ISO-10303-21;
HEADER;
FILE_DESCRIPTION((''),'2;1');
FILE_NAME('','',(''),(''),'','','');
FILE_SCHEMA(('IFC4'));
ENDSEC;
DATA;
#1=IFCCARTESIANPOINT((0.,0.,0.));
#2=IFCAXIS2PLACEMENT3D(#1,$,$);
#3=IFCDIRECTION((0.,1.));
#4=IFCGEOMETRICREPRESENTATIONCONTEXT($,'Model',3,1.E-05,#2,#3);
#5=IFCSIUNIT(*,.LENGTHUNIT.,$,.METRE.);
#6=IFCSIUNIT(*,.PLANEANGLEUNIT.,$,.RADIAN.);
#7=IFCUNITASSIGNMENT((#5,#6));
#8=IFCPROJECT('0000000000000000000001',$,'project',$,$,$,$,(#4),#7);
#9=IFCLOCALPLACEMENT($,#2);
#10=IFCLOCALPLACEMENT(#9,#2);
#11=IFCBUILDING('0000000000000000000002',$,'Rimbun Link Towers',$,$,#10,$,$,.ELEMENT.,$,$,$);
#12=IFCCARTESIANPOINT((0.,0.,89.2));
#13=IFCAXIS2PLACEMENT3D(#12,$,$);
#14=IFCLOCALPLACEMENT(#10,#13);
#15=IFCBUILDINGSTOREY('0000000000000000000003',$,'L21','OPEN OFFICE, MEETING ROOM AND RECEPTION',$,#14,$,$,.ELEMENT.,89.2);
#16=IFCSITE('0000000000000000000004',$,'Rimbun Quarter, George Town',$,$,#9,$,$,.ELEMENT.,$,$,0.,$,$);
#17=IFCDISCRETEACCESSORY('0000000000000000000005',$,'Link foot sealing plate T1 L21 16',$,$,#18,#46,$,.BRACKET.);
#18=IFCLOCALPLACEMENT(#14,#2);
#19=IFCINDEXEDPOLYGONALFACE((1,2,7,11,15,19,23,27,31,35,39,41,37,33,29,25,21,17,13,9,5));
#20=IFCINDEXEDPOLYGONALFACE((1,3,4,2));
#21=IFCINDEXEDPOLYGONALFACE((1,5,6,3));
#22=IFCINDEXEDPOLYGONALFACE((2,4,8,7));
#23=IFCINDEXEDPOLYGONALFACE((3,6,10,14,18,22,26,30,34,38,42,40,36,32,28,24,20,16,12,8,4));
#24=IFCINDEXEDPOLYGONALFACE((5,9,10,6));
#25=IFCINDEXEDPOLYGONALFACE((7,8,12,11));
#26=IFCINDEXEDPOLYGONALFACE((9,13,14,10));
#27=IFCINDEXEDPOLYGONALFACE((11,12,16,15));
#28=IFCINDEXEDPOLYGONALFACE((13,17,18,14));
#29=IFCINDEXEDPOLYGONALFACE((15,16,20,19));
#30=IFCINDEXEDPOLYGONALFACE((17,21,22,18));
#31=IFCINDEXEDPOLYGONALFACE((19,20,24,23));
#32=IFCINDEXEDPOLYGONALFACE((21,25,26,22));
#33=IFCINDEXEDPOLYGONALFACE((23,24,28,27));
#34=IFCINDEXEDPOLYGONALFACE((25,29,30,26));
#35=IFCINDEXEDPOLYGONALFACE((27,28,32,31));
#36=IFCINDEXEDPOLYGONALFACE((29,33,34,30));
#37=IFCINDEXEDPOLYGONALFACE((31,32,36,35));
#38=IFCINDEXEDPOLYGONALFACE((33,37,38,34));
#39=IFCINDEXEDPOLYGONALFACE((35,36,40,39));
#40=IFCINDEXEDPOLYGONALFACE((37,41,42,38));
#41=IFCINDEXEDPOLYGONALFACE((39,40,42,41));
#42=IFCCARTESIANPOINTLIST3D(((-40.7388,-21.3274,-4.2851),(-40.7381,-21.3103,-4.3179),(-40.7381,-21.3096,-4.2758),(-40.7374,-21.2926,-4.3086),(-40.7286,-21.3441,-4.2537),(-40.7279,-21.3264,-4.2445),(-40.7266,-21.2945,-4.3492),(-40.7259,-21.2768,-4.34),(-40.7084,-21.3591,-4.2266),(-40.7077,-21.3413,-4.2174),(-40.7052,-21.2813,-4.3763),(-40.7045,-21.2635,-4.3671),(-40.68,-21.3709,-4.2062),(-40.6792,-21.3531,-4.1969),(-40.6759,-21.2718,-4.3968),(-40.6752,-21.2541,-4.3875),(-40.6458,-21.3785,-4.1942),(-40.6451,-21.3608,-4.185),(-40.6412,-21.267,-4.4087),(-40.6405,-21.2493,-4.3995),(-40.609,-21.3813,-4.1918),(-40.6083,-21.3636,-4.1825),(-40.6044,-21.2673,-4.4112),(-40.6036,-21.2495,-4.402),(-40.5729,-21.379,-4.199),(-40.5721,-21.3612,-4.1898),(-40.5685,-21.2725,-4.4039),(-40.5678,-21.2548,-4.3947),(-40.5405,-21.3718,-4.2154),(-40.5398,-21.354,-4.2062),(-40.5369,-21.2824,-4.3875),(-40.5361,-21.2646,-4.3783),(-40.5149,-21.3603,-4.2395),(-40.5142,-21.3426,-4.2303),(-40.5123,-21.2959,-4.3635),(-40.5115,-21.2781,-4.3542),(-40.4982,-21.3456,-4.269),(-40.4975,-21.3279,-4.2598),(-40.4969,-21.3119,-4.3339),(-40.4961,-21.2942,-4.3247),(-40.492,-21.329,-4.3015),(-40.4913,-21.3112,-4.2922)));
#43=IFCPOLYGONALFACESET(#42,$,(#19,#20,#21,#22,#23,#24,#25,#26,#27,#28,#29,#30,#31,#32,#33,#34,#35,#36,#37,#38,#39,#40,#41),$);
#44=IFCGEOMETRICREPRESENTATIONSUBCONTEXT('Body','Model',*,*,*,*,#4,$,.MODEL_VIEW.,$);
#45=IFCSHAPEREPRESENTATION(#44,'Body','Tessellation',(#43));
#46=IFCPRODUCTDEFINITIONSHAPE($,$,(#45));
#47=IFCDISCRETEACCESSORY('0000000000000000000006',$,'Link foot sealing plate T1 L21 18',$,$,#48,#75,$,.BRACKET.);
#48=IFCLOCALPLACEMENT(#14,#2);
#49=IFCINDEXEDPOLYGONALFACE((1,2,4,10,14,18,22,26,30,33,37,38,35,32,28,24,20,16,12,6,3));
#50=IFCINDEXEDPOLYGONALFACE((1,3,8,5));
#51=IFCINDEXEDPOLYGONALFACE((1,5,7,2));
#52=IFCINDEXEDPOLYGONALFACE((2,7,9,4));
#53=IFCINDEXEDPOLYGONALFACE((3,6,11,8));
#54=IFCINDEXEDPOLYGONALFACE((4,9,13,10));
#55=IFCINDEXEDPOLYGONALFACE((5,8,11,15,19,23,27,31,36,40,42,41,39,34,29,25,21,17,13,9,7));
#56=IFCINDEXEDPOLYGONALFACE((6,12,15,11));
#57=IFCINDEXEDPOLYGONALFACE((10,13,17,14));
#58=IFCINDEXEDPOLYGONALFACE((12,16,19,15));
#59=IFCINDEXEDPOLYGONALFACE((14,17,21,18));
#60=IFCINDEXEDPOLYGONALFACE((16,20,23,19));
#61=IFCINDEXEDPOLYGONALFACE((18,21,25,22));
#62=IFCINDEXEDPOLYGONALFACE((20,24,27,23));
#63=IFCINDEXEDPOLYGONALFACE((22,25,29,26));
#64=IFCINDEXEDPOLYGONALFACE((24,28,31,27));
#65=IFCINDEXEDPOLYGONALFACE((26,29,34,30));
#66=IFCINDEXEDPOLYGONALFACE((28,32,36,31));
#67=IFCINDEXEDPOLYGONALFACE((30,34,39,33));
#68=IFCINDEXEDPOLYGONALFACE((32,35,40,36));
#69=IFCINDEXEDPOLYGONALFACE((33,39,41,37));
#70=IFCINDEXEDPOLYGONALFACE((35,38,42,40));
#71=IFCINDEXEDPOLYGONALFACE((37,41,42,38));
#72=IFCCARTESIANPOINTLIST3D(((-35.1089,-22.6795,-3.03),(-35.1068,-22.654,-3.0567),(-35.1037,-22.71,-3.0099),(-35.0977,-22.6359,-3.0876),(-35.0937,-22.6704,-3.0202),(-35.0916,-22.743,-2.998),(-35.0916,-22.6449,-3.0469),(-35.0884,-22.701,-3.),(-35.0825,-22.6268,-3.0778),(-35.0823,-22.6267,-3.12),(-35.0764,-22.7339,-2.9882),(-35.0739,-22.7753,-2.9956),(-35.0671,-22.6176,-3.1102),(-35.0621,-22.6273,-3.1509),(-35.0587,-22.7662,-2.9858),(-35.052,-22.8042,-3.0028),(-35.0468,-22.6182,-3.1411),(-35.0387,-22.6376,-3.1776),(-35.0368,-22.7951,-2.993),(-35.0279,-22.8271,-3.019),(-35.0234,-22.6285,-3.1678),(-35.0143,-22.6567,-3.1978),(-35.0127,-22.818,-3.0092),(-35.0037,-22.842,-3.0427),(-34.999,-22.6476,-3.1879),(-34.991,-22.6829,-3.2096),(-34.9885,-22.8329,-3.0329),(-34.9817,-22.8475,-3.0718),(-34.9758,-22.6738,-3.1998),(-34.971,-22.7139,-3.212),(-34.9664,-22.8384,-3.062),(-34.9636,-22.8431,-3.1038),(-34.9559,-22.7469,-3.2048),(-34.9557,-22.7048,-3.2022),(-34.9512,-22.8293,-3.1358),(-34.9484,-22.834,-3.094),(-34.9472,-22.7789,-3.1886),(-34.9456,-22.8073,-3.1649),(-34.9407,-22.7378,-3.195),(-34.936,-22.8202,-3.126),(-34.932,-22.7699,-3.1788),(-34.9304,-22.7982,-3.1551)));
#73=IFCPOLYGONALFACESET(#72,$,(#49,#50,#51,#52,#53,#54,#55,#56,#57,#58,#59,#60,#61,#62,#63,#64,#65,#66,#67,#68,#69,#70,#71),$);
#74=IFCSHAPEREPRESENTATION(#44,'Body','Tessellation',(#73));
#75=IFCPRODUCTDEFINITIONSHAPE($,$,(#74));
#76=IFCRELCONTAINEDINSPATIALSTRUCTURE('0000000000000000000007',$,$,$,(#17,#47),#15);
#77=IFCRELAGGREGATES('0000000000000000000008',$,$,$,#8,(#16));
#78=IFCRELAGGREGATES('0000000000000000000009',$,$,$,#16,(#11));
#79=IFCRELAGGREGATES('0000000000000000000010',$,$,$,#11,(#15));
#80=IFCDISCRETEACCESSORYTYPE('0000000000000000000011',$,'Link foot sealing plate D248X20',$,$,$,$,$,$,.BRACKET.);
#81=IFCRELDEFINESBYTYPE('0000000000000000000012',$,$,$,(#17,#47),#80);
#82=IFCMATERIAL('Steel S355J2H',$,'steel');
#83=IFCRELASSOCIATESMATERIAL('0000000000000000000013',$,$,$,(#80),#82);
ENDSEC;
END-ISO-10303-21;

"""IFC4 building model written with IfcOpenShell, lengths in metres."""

from ifc_helpers import new_model, si_unit, direction, frame, origin, origin_2d, place, context, subcontext, project, spatial, circle, extrude, material, material_profile, profile_set, type_object, element, save


model = new_model("IFC4")

# Units and contexts
model_context = context("Model", 3, precision=1e-05, world=origin(), true_north=direction((0.0, 1.0)))
body_context = subcontext(model_context, "Body", "Model", "MODEL_VIEW")
ifc_project = project(units=[si_unit("LENGTHUNIT", "METRE"), si_unit("PLANEANGLEUNIT", "RADIAN")], contexts=[model_context])

# Site, building, storey
site_placement = place(None, origin())
site = spatial("IfcSite", under=ifc_project, at=site_placement, Name="Rimbun Quarter, George Town", CompositionType="ELEMENT", RefElevation=0.0)
building_placement = place(site_placement, origin())
building = spatial("IfcBuilding", under=site, at=building_placement, Name="Rimbun Link Towers", CompositionType="ELEMENT")
storey_placement = place(building_placement, frame((0.0, 0.0, 89.2)))
storey = spatial("IfcBuildingStorey", under=building, at=storey_placement, Name="L21", Description="OPEN OFFICE, MEETING ROOM AND RECEPTION", CompositionType="ELEMENT", Elevation=89.2)

# Discrete accessories
ifc_material_1 = material(Name="Steel S355J2H", Category="steel")
ifc_material_profile_1 = material_profile(ifc_material_1, circle(Radius=0.124, at=origin_2d()), Name="PL D248")
ifc_profile_set_1 = profile_set([ifc_material_profile_1], Name="Steel S355J2H")
discrete_accessory_type = type_object("IfcDiscreteAccessoryType", Name="Link foot sealing plate D248X20", PredefinedType="BRACKET", material=ifc_profile_set_1)
discrete_accessory_1_placement = place(storey_placement, frame((-40.6152, -21.3062, -4.2922), z_axis=(-0.036429, -0.886429, -0.461429), x_axis=(0.999157, -0.041061, 0.0)))
element("IfcDiscreteAccessory", 1, at=discrete_accessory_1_placement, inside=storey, type_object=discrete_accessory_type, Name="Link foot sealing plate T1 L21 16", PredefinedType="BRACKET", context=body_context, shape_type="SweptSolid", body=[
    extrude(circle(Radius=0.124, at=origin_2d()), origin(), (0.0, 0.0, 1.0), 0.02),
])
discrete_accessory_2_placement = place(storey_placement, frame((-35.012, -22.7275, -3.094), z_axis=(-0.751143, -0.448263, -0.484608), x_axis=(0.512458, -0.858713, 0.0)))
element("IfcDiscreteAccessory", 2, at=discrete_accessory_2_placement, inside=storey, type_object=discrete_accessory_type, Name="Link foot sealing plate T1 L21 18", PredefinedType="BRACKET", context=body_context, shape_type="SweptSolid", body=[
    extrude(circle(Radius=0.124, at=origin_2d()), origin(), (0.0, 0.0, 1.0), 0.0203),
])

save(model, "model.ifc")
